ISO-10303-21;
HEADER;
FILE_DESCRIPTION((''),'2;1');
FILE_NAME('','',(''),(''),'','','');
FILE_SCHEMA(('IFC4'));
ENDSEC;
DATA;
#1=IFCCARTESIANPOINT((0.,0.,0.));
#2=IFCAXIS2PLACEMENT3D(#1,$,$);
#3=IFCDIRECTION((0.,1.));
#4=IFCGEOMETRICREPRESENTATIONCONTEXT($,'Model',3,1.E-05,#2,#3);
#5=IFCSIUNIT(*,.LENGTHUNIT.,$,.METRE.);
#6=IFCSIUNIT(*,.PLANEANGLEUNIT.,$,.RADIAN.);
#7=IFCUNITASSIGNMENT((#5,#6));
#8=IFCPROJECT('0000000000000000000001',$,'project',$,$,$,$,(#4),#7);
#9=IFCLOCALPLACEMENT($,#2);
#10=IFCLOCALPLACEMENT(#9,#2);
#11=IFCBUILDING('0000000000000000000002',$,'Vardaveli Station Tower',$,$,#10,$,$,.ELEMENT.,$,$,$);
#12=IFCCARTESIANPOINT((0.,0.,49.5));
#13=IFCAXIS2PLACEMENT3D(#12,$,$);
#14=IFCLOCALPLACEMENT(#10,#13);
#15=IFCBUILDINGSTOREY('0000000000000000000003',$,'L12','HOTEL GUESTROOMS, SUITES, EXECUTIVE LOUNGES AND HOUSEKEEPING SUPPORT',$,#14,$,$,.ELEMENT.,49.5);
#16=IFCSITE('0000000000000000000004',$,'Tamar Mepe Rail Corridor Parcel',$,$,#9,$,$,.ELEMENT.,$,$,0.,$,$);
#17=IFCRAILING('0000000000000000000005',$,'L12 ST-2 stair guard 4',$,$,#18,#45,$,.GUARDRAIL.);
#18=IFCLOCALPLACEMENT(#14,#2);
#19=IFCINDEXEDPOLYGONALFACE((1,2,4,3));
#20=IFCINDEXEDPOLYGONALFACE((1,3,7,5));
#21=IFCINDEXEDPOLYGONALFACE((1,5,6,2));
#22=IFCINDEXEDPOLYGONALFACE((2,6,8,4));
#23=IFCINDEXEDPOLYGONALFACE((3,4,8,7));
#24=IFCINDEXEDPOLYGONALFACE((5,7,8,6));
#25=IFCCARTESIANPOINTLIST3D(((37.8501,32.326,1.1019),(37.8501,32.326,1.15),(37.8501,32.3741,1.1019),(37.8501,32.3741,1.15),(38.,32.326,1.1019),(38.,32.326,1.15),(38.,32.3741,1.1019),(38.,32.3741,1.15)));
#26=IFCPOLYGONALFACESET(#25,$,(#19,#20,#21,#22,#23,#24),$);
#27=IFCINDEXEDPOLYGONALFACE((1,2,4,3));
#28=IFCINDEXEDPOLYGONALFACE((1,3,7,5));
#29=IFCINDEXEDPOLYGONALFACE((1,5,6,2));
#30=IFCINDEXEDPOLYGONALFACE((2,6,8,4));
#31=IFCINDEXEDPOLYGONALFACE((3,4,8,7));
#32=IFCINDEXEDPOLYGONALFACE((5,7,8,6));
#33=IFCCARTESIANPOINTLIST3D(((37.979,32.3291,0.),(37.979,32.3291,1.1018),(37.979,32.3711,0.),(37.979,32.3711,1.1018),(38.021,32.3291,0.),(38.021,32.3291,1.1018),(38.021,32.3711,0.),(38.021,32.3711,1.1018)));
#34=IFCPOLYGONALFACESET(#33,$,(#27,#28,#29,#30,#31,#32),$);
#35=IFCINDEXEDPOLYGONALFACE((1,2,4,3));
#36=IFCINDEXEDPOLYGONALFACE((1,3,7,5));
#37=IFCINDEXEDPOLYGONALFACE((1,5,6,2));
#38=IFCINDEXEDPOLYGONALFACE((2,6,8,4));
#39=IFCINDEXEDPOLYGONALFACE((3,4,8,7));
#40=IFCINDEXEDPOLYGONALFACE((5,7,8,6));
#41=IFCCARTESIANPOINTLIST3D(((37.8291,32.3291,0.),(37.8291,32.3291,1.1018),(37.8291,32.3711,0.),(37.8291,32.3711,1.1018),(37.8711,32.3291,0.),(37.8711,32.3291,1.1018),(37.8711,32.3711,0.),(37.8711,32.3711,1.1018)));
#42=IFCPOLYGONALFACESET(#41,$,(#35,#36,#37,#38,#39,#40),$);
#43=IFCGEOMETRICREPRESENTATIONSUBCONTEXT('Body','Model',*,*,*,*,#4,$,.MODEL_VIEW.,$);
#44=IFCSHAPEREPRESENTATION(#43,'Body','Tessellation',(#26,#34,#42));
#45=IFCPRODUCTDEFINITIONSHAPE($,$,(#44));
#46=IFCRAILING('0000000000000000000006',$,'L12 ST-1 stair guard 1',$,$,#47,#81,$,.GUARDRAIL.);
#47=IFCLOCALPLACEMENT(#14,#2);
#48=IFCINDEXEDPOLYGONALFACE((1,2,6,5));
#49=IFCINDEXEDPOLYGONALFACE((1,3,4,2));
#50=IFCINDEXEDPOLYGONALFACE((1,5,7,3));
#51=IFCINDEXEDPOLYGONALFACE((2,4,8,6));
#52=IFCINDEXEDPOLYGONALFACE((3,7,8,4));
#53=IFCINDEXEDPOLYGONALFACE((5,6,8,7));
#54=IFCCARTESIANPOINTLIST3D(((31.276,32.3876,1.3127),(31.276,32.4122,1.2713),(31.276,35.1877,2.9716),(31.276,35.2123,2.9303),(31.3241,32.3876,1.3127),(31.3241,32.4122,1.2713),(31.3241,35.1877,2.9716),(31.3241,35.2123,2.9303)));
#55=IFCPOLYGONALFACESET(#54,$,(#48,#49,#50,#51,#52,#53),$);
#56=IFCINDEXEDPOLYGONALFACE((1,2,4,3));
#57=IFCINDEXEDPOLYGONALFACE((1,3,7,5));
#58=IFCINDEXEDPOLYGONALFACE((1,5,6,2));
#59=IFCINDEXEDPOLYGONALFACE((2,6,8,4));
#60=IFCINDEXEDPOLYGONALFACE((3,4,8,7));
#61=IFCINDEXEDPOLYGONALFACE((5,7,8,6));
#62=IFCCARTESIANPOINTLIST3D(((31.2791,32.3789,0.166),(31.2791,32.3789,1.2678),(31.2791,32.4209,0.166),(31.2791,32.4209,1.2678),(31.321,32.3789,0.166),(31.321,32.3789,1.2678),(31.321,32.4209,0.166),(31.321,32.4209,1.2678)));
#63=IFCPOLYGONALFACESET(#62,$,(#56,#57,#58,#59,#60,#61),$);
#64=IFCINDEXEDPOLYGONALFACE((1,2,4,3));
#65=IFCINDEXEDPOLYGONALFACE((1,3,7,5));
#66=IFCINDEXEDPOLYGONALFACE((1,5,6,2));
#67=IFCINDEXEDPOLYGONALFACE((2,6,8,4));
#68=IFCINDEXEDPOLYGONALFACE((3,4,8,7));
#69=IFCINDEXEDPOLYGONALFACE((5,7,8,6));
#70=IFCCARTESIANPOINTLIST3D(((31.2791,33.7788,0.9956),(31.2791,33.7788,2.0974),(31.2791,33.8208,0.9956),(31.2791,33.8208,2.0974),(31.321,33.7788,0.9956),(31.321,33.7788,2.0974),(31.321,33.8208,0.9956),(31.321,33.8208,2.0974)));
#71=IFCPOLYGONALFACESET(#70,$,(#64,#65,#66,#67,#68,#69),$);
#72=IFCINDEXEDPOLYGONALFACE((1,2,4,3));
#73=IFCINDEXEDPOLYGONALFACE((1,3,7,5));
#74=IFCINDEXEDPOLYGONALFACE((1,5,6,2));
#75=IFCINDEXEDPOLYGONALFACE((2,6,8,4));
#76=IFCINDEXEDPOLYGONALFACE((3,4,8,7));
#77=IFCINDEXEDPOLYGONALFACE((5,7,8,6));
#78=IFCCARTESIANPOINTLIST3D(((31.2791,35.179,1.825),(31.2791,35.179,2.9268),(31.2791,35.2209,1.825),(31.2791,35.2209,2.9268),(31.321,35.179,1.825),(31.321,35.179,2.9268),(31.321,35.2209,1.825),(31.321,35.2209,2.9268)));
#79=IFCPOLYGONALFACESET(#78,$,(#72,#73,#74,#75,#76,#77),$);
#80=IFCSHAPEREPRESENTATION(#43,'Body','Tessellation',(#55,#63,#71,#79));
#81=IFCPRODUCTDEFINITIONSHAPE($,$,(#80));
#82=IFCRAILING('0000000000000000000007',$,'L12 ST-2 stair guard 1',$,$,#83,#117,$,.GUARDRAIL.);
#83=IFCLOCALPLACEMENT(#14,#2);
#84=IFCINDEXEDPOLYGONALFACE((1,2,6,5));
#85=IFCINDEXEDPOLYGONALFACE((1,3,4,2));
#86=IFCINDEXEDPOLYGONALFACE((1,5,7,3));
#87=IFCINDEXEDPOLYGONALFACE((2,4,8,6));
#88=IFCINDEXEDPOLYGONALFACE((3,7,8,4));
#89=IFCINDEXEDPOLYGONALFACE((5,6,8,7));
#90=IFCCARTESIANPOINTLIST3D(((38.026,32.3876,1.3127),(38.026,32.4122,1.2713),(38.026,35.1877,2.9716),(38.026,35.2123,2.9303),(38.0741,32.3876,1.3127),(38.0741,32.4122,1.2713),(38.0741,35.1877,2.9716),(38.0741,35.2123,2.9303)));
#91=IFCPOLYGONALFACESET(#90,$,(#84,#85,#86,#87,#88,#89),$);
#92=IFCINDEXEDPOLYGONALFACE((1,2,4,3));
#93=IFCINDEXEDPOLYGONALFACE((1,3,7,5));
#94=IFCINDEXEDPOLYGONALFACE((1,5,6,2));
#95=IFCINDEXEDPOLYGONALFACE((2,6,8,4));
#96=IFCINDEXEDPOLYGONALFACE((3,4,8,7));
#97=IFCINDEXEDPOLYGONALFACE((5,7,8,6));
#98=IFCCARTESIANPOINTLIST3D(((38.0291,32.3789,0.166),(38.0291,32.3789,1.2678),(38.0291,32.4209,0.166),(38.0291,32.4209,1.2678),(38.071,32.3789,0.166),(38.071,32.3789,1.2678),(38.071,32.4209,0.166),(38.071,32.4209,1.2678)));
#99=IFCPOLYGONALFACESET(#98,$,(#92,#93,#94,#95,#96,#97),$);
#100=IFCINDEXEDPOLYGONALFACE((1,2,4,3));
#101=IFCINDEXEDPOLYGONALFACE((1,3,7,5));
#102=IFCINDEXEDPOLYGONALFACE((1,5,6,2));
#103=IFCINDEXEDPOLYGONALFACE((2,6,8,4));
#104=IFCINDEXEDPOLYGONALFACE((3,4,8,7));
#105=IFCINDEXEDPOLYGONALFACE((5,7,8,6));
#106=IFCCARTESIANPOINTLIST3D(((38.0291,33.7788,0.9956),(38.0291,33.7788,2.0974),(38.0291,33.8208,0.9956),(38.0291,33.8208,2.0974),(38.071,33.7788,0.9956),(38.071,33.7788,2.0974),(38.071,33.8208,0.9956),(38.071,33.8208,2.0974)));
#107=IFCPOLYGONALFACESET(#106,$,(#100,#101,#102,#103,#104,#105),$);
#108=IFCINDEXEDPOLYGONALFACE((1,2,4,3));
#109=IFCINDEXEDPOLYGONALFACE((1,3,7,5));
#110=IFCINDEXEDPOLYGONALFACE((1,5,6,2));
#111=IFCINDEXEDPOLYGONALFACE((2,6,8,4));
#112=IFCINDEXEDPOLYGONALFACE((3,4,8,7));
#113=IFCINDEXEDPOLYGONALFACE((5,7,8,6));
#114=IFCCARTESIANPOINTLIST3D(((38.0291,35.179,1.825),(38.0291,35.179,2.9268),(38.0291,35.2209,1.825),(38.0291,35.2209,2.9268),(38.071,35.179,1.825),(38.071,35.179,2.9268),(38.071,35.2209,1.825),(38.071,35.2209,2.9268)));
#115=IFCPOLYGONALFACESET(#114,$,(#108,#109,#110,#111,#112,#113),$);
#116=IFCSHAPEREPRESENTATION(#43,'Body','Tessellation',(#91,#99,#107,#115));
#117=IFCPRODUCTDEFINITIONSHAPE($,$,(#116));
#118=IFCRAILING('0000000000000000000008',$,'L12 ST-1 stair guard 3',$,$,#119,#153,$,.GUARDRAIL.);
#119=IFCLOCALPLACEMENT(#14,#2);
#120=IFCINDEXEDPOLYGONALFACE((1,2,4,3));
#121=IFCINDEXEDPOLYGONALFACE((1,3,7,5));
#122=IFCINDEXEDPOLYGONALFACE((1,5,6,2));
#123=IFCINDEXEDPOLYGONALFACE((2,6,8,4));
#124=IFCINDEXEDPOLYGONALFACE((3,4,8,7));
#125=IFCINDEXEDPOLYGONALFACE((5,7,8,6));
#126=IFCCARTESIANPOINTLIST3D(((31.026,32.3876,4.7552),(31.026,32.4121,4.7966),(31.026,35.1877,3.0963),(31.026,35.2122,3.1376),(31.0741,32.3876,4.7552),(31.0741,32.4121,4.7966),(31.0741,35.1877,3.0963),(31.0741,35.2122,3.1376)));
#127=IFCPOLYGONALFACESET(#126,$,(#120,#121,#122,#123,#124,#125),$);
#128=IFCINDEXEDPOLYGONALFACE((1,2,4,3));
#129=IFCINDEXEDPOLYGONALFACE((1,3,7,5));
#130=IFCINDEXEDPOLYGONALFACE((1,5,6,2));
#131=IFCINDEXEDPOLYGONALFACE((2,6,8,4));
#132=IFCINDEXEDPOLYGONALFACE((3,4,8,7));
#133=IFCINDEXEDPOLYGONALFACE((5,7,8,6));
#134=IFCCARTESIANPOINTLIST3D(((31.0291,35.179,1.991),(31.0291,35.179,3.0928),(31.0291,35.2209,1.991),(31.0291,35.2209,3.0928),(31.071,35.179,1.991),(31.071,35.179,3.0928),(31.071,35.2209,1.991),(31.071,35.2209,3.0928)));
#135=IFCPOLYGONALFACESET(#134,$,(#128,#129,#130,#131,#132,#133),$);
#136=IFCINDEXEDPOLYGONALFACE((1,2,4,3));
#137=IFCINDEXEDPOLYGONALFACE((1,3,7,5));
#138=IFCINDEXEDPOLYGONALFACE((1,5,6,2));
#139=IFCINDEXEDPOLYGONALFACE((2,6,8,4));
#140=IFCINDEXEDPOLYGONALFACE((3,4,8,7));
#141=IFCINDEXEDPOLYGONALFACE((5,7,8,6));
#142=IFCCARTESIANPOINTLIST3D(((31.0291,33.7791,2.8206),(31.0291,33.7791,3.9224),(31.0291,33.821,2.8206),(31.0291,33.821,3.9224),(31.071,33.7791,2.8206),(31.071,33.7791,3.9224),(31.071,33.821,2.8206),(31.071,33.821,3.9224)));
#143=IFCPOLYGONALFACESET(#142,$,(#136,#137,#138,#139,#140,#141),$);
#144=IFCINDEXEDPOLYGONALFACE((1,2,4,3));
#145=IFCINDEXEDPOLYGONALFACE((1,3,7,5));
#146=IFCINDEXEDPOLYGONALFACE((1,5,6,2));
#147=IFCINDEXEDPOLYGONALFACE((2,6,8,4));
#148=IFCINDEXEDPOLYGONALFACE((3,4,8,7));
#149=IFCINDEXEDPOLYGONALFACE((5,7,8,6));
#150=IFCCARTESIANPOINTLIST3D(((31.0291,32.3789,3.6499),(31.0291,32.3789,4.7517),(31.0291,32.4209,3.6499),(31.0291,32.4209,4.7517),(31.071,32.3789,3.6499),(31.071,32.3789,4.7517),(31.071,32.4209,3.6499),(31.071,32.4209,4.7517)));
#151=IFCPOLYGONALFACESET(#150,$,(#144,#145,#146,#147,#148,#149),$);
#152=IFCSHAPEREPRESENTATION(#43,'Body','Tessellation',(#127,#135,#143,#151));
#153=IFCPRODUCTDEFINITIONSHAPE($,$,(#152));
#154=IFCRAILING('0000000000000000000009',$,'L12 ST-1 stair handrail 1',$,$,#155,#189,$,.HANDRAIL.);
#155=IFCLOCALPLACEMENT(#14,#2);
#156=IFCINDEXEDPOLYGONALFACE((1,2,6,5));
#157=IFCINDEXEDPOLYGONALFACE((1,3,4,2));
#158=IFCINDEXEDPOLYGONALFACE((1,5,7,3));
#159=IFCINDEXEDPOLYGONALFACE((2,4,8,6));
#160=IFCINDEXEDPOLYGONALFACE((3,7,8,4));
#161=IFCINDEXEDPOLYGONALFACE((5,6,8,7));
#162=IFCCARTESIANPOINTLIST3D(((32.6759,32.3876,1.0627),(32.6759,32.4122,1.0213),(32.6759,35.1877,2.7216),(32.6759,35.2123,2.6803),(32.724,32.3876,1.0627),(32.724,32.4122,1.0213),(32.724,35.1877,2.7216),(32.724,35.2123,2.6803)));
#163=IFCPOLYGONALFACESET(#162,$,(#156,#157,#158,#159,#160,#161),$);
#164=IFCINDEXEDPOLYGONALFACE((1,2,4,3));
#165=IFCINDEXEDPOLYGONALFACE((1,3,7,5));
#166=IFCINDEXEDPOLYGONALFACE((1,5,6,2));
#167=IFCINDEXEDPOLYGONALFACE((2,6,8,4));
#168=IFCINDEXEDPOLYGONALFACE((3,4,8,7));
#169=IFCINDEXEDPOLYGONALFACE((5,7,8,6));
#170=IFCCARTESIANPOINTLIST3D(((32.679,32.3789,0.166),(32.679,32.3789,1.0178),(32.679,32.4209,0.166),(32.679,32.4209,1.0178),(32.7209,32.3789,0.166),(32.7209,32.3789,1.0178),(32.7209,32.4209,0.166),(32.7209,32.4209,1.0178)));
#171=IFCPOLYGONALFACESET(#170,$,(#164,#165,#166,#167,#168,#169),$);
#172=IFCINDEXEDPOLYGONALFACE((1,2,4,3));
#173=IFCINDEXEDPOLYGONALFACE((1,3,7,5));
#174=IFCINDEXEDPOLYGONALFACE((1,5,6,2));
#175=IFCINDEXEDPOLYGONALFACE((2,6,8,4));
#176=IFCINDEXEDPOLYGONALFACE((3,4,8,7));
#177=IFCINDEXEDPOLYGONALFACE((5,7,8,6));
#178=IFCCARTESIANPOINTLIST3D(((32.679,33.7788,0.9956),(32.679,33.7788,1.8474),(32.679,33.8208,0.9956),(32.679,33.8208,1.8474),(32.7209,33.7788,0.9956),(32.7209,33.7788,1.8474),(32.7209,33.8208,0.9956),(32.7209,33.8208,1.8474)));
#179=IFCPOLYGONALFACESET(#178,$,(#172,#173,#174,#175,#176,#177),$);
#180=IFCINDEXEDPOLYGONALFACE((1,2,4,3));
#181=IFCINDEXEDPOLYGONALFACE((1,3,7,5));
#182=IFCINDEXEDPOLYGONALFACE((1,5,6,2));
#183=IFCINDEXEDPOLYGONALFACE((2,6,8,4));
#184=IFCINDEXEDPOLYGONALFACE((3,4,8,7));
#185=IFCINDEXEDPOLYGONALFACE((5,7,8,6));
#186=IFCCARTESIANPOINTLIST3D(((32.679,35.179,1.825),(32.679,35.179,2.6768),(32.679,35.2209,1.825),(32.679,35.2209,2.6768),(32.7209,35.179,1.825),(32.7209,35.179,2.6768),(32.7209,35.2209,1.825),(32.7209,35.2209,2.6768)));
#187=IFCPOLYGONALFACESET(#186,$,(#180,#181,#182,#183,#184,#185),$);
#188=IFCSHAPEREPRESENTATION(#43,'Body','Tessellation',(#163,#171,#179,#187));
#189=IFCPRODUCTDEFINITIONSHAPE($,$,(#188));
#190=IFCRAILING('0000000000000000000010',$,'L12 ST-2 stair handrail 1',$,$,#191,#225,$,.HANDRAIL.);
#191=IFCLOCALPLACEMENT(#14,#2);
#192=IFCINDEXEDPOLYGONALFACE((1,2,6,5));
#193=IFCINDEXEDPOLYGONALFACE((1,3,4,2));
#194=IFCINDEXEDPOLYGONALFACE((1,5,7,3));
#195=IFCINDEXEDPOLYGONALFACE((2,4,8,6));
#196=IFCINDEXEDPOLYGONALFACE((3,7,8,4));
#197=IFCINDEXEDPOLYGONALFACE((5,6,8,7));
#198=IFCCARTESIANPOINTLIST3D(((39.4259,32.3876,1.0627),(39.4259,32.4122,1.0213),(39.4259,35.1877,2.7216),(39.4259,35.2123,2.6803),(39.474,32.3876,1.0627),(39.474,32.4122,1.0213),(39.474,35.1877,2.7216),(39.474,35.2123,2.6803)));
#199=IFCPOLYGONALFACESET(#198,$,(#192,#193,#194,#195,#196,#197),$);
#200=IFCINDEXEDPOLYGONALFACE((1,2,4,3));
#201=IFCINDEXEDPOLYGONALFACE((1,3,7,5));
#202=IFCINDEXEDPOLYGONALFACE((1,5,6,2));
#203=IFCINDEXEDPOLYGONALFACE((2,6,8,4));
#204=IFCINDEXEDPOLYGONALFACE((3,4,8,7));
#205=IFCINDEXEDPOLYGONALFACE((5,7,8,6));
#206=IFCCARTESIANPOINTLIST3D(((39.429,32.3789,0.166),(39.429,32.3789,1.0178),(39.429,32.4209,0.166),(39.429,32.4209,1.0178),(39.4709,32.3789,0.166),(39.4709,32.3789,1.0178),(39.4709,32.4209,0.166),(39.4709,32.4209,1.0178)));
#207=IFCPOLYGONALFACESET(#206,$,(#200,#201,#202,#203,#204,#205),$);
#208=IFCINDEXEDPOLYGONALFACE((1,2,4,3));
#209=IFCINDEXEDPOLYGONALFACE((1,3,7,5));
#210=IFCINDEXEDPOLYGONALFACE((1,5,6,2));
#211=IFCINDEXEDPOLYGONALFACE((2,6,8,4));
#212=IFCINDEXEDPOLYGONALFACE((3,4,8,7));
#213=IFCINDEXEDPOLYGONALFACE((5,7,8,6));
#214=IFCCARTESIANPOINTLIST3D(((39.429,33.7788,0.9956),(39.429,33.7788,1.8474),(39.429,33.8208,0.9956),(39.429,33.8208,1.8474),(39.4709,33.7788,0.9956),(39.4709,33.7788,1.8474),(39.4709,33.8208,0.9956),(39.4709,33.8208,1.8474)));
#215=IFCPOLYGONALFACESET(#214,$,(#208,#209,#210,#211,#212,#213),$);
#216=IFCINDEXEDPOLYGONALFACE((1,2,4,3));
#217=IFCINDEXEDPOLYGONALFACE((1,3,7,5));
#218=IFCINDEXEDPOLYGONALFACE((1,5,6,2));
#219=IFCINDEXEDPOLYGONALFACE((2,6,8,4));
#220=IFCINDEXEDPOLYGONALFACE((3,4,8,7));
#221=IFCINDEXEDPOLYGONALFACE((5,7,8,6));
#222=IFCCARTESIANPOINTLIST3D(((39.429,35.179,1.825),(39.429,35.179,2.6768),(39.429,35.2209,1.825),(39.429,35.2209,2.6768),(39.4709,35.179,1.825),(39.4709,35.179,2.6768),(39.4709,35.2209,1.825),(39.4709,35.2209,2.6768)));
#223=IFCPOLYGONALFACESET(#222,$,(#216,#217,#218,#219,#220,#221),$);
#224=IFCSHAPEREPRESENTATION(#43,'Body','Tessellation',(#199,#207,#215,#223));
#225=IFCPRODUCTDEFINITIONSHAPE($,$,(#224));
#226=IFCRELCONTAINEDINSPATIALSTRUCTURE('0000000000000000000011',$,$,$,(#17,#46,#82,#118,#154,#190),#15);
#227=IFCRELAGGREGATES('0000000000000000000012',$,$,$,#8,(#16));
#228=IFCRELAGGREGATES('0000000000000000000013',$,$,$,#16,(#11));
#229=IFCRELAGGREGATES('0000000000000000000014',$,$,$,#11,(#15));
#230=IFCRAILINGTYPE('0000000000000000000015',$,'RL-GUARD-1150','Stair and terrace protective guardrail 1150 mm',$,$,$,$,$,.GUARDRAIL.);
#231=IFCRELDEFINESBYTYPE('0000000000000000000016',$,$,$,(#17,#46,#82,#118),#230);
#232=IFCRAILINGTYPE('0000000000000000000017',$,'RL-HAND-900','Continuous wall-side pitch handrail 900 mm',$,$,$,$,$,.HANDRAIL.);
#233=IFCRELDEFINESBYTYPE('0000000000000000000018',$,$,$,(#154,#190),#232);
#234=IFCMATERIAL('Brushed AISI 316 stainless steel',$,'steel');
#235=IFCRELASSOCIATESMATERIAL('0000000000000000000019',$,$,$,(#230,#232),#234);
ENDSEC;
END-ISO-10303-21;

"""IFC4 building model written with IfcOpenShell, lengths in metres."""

from ifc_helpers import new_model, si_unit, direction, frame, origin, origin_2d, place, context, subcontext, project, spatial, rectangle, extrude, source, transform, mapped, material, type_object, element, save


model = new_model("IFC4")

# Units and contexts
model_context = context("Model", 3, precision=1e-05, world=origin(), true_north=direction((0.0, 1.0)))
body_context = subcontext(model_context, "Body", "Model", "MODEL_VIEW")
ifc_project = project(units=[si_unit("LENGTHUNIT", "METRE"), si_unit("PLANEANGLEUNIT", "RADIAN")], contexts=[model_context])

# Site, building, storey
site_placement = place(None, origin())
site = spatial("IfcSite", under=ifc_project, at=site_placement, Name="Tamar Mepe Rail Corridor Parcel", CompositionType="ELEMENT", RefElevation=0.0)
building_placement = place(site_placement, origin())
building = spatial("IfcBuilding", under=site, at=building_placement, Name="Vardaveli Station Tower", CompositionType="ELEMENT")
storey_placement = place(building_placement, frame((0.0, 0.0, 49.5)))
storey = spatial("IfcBuildingStorey", under=building, at=storey_placement, Name="L12", Description="HOTEL GUESTROOMS, SUITES, EXECUTIVE LOUNGES AND HOUSEKEEPING SUPPORT", CompositionType="ELEMENT", Elevation=49.5)

# Railings
ifc_material_1 = material(Name="Brushed AISI 316 stainless steel", Category="steel")
railing_type_1 = type_object("IfcRailingType", Name="RL-GUARD-1150", Description="Stair and terrace protective guardrail 1150 mm", PredefinedType="GUARDRAIL", material=ifc_material_1)
shared_shape_1 = source(origin(), body_context, "Body", "SweptSolid", [
    extrude(rectangle(XDim=0.0481, YDim=0.0481, at=origin_2d()), frame((0.0, 0.0, 1.126), z_axis=(-1.0, 0.0, 0.0), x_axis=(0.0, -1.0, 0.0)), (0.0, 0.0, 1.0), 0.1499),
    extrude(rectangle(XDim=0.042, YDim=0.042, at=origin_2d()), origin(), (0.0, 0.0, 1.0), 1.1018),
    extrude(rectangle(XDim=0.042, YDim=0.042, at=origin_2d()), frame((-0.1499, 0.0, 0.0)), (0.0, 0.0, 1.0), 1.1018),
])
for number, where, name in (
    (1, (38.0, 32.3501, 0.0), "L12 ST-2 stair guard 4"),
):
    element("IfcRailing", number, at=place(storey_placement, frame(where)), inside=storey, type_object=railing_type_1, Name=name, PredefinedType="GUARDRAIL", context=body_context, shape_type="MappedRepresentation", body=[
        mapped(shared_shape_1, transform((0.0, 0.0, 0.0), scale=1.0)),
    ])
shared_shape_2 = source(origin(), body_context, "Body", "SweptSolid", [
    extrude(rectangle(XDim=0.0481, YDim=0.0481, at=origin_2d()), frame((0.0, 0.0, 1.126), z_axis=(0.0, 0.860339, 0.509722), x_axis=(-1.0, 0.0, 0.0)), (0.0, 0.0, 1.0), 3.2546),
    extrude(rectangle(XDim=0.042, YDim=0.042, at=origin_2d()), origin(), (0.0, 0.0, 1.0), 1.1018),
    extrude(rectangle(XDim=0.042, YDim=0.042, at=origin_2d()), frame((0.0, 1.3999, 0.8296)), (0.0, 0.0, 1.0), 1.1018),
    extrude(rectangle(XDim=0.042, YDim=0.042, at=origin_2d()), frame((0.0, 2.8, 1.6589)), (0.0, 0.0, 1.0), 1.1018),
])
for number, where, name in (
    (2, (31.3, 32.3999, 0.166), "L12 ST-1 stair guard 1"),
    (3, (38.05, 32.3999, 0.166), "L12 ST-2 stair guard 1"),
):
    element("IfcRailing", number, at=place(storey_placement, frame(where)), inside=storey, type_object=railing_type_1, Name=name, PredefinedType="GUARDRAIL", context=body_context, shape_type="MappedRepresentation", body=[
        mapped(shared_shape_2, transform((0.0, 0.0, 0.0), scale=1.0)),
    ])
shared_shape_3 = source(origin(), body_context, "Body", "SweptSolid", [
    extrude(rectangle(XDim=0.0481, YDim=0.0481, at=origin_2d()), frame((0.0, 0.0, 1.126), z_axis=(0.0, -0.860339, 0.509722), x_axis=(1.0, 0.0, 0.0)), (0.0, 0.0, 1.0), 3.2546),
    extrude(rectangle(XDim=0.042, YDim=0.042, at=origin_2d()), origin(), (0.0, 0.0, 1.0), 1.1018),
    extrude(rectangle(XDim=0.042, YDim=0.042, at=origin_2d()), frame((0.0, -1.3999, 0.8296)), (0.0, 0.0, 1.0), 1.1018),
    extrude(rectangle(XDim=0.042, YDim=0.042, at=origin_2d()), frame((0.0, -2.8, 1.6589)), (0.0, 0.0, 1.0), 1.1018),
])
railing_1_placement = place(storey_placement, frame((31.05, 35.2, 1.991)))
element("IfcRailing", 4, at=railing_1_placement, inside=storey, type_object=railing_type_1, Name="L12 ST-1 stair guard 3", PredefinedType="GUARDRAIL", context=body_context, shape_type="MappedRepresentation", body=[
    mapped(shared_shape_3, transform((0.0, 0.0, 0.0), scale=1.0)),
])
railing_type_2 = type_object("IfcRailingType", Name="RL-HAND-900", Description="Continuous wall-side pitch handrail 900 mm", PredefinedType="HANDRAIL", material=ifc_material_1)
shared_shape_4 = source(origin(), body_context, "Body", "SweptSolid", [
    extrude(rectangle(XDim=0.0481, YDim=0.0481, at=origin_2d()), frame((0.0, 0.0, 0.876), z_axis=(0.0, 0.860339, 0.509722), x_axis=(-1.0, 0.0, 0.0)), (0.0, 0.0, 1.0), 3.2546),
    extrude(rectangle(XDim=0.042, YDim=0.042, at=origin_2d()), origin(), (0.0, 0.0, 1.0), 0.8518),
    extrude(rectangle(XDim=0.042, YDim=0.042, at=origin_2d()), frame((0.0, 1.3999, 0.8296)), (0.0, 0.0, 1.0), 0.8518),
    extrude(rectangle(XDim=0.042, YDim=0.042, at=origin_2d()), frame((0.0, 2.8, 1.6589)), (0.0, 0.0, 1.0), 0.8518),
])
for number, where, name in (
    (5, (32.7, 32.3999, 0.166), "L12 ST-1 stair handrail 1"),
    (6, (39.45, 32.3999, 0.166), "L12 ST-2 stair handrail 1"),
):
    element("IfcRailing", number, at=place(storey_placement, frame(where)), inside=storey, type_object=railing_type_2, Name=name, PredefinedType="HANDRAIL", context=body_context, shape_type="MappedRepresentation", body=[
        mapped(shared_shape_4, transform((0.0, 0.0, 0.0), scale=1.0)),
    ])

save(model, "model.ifc")
